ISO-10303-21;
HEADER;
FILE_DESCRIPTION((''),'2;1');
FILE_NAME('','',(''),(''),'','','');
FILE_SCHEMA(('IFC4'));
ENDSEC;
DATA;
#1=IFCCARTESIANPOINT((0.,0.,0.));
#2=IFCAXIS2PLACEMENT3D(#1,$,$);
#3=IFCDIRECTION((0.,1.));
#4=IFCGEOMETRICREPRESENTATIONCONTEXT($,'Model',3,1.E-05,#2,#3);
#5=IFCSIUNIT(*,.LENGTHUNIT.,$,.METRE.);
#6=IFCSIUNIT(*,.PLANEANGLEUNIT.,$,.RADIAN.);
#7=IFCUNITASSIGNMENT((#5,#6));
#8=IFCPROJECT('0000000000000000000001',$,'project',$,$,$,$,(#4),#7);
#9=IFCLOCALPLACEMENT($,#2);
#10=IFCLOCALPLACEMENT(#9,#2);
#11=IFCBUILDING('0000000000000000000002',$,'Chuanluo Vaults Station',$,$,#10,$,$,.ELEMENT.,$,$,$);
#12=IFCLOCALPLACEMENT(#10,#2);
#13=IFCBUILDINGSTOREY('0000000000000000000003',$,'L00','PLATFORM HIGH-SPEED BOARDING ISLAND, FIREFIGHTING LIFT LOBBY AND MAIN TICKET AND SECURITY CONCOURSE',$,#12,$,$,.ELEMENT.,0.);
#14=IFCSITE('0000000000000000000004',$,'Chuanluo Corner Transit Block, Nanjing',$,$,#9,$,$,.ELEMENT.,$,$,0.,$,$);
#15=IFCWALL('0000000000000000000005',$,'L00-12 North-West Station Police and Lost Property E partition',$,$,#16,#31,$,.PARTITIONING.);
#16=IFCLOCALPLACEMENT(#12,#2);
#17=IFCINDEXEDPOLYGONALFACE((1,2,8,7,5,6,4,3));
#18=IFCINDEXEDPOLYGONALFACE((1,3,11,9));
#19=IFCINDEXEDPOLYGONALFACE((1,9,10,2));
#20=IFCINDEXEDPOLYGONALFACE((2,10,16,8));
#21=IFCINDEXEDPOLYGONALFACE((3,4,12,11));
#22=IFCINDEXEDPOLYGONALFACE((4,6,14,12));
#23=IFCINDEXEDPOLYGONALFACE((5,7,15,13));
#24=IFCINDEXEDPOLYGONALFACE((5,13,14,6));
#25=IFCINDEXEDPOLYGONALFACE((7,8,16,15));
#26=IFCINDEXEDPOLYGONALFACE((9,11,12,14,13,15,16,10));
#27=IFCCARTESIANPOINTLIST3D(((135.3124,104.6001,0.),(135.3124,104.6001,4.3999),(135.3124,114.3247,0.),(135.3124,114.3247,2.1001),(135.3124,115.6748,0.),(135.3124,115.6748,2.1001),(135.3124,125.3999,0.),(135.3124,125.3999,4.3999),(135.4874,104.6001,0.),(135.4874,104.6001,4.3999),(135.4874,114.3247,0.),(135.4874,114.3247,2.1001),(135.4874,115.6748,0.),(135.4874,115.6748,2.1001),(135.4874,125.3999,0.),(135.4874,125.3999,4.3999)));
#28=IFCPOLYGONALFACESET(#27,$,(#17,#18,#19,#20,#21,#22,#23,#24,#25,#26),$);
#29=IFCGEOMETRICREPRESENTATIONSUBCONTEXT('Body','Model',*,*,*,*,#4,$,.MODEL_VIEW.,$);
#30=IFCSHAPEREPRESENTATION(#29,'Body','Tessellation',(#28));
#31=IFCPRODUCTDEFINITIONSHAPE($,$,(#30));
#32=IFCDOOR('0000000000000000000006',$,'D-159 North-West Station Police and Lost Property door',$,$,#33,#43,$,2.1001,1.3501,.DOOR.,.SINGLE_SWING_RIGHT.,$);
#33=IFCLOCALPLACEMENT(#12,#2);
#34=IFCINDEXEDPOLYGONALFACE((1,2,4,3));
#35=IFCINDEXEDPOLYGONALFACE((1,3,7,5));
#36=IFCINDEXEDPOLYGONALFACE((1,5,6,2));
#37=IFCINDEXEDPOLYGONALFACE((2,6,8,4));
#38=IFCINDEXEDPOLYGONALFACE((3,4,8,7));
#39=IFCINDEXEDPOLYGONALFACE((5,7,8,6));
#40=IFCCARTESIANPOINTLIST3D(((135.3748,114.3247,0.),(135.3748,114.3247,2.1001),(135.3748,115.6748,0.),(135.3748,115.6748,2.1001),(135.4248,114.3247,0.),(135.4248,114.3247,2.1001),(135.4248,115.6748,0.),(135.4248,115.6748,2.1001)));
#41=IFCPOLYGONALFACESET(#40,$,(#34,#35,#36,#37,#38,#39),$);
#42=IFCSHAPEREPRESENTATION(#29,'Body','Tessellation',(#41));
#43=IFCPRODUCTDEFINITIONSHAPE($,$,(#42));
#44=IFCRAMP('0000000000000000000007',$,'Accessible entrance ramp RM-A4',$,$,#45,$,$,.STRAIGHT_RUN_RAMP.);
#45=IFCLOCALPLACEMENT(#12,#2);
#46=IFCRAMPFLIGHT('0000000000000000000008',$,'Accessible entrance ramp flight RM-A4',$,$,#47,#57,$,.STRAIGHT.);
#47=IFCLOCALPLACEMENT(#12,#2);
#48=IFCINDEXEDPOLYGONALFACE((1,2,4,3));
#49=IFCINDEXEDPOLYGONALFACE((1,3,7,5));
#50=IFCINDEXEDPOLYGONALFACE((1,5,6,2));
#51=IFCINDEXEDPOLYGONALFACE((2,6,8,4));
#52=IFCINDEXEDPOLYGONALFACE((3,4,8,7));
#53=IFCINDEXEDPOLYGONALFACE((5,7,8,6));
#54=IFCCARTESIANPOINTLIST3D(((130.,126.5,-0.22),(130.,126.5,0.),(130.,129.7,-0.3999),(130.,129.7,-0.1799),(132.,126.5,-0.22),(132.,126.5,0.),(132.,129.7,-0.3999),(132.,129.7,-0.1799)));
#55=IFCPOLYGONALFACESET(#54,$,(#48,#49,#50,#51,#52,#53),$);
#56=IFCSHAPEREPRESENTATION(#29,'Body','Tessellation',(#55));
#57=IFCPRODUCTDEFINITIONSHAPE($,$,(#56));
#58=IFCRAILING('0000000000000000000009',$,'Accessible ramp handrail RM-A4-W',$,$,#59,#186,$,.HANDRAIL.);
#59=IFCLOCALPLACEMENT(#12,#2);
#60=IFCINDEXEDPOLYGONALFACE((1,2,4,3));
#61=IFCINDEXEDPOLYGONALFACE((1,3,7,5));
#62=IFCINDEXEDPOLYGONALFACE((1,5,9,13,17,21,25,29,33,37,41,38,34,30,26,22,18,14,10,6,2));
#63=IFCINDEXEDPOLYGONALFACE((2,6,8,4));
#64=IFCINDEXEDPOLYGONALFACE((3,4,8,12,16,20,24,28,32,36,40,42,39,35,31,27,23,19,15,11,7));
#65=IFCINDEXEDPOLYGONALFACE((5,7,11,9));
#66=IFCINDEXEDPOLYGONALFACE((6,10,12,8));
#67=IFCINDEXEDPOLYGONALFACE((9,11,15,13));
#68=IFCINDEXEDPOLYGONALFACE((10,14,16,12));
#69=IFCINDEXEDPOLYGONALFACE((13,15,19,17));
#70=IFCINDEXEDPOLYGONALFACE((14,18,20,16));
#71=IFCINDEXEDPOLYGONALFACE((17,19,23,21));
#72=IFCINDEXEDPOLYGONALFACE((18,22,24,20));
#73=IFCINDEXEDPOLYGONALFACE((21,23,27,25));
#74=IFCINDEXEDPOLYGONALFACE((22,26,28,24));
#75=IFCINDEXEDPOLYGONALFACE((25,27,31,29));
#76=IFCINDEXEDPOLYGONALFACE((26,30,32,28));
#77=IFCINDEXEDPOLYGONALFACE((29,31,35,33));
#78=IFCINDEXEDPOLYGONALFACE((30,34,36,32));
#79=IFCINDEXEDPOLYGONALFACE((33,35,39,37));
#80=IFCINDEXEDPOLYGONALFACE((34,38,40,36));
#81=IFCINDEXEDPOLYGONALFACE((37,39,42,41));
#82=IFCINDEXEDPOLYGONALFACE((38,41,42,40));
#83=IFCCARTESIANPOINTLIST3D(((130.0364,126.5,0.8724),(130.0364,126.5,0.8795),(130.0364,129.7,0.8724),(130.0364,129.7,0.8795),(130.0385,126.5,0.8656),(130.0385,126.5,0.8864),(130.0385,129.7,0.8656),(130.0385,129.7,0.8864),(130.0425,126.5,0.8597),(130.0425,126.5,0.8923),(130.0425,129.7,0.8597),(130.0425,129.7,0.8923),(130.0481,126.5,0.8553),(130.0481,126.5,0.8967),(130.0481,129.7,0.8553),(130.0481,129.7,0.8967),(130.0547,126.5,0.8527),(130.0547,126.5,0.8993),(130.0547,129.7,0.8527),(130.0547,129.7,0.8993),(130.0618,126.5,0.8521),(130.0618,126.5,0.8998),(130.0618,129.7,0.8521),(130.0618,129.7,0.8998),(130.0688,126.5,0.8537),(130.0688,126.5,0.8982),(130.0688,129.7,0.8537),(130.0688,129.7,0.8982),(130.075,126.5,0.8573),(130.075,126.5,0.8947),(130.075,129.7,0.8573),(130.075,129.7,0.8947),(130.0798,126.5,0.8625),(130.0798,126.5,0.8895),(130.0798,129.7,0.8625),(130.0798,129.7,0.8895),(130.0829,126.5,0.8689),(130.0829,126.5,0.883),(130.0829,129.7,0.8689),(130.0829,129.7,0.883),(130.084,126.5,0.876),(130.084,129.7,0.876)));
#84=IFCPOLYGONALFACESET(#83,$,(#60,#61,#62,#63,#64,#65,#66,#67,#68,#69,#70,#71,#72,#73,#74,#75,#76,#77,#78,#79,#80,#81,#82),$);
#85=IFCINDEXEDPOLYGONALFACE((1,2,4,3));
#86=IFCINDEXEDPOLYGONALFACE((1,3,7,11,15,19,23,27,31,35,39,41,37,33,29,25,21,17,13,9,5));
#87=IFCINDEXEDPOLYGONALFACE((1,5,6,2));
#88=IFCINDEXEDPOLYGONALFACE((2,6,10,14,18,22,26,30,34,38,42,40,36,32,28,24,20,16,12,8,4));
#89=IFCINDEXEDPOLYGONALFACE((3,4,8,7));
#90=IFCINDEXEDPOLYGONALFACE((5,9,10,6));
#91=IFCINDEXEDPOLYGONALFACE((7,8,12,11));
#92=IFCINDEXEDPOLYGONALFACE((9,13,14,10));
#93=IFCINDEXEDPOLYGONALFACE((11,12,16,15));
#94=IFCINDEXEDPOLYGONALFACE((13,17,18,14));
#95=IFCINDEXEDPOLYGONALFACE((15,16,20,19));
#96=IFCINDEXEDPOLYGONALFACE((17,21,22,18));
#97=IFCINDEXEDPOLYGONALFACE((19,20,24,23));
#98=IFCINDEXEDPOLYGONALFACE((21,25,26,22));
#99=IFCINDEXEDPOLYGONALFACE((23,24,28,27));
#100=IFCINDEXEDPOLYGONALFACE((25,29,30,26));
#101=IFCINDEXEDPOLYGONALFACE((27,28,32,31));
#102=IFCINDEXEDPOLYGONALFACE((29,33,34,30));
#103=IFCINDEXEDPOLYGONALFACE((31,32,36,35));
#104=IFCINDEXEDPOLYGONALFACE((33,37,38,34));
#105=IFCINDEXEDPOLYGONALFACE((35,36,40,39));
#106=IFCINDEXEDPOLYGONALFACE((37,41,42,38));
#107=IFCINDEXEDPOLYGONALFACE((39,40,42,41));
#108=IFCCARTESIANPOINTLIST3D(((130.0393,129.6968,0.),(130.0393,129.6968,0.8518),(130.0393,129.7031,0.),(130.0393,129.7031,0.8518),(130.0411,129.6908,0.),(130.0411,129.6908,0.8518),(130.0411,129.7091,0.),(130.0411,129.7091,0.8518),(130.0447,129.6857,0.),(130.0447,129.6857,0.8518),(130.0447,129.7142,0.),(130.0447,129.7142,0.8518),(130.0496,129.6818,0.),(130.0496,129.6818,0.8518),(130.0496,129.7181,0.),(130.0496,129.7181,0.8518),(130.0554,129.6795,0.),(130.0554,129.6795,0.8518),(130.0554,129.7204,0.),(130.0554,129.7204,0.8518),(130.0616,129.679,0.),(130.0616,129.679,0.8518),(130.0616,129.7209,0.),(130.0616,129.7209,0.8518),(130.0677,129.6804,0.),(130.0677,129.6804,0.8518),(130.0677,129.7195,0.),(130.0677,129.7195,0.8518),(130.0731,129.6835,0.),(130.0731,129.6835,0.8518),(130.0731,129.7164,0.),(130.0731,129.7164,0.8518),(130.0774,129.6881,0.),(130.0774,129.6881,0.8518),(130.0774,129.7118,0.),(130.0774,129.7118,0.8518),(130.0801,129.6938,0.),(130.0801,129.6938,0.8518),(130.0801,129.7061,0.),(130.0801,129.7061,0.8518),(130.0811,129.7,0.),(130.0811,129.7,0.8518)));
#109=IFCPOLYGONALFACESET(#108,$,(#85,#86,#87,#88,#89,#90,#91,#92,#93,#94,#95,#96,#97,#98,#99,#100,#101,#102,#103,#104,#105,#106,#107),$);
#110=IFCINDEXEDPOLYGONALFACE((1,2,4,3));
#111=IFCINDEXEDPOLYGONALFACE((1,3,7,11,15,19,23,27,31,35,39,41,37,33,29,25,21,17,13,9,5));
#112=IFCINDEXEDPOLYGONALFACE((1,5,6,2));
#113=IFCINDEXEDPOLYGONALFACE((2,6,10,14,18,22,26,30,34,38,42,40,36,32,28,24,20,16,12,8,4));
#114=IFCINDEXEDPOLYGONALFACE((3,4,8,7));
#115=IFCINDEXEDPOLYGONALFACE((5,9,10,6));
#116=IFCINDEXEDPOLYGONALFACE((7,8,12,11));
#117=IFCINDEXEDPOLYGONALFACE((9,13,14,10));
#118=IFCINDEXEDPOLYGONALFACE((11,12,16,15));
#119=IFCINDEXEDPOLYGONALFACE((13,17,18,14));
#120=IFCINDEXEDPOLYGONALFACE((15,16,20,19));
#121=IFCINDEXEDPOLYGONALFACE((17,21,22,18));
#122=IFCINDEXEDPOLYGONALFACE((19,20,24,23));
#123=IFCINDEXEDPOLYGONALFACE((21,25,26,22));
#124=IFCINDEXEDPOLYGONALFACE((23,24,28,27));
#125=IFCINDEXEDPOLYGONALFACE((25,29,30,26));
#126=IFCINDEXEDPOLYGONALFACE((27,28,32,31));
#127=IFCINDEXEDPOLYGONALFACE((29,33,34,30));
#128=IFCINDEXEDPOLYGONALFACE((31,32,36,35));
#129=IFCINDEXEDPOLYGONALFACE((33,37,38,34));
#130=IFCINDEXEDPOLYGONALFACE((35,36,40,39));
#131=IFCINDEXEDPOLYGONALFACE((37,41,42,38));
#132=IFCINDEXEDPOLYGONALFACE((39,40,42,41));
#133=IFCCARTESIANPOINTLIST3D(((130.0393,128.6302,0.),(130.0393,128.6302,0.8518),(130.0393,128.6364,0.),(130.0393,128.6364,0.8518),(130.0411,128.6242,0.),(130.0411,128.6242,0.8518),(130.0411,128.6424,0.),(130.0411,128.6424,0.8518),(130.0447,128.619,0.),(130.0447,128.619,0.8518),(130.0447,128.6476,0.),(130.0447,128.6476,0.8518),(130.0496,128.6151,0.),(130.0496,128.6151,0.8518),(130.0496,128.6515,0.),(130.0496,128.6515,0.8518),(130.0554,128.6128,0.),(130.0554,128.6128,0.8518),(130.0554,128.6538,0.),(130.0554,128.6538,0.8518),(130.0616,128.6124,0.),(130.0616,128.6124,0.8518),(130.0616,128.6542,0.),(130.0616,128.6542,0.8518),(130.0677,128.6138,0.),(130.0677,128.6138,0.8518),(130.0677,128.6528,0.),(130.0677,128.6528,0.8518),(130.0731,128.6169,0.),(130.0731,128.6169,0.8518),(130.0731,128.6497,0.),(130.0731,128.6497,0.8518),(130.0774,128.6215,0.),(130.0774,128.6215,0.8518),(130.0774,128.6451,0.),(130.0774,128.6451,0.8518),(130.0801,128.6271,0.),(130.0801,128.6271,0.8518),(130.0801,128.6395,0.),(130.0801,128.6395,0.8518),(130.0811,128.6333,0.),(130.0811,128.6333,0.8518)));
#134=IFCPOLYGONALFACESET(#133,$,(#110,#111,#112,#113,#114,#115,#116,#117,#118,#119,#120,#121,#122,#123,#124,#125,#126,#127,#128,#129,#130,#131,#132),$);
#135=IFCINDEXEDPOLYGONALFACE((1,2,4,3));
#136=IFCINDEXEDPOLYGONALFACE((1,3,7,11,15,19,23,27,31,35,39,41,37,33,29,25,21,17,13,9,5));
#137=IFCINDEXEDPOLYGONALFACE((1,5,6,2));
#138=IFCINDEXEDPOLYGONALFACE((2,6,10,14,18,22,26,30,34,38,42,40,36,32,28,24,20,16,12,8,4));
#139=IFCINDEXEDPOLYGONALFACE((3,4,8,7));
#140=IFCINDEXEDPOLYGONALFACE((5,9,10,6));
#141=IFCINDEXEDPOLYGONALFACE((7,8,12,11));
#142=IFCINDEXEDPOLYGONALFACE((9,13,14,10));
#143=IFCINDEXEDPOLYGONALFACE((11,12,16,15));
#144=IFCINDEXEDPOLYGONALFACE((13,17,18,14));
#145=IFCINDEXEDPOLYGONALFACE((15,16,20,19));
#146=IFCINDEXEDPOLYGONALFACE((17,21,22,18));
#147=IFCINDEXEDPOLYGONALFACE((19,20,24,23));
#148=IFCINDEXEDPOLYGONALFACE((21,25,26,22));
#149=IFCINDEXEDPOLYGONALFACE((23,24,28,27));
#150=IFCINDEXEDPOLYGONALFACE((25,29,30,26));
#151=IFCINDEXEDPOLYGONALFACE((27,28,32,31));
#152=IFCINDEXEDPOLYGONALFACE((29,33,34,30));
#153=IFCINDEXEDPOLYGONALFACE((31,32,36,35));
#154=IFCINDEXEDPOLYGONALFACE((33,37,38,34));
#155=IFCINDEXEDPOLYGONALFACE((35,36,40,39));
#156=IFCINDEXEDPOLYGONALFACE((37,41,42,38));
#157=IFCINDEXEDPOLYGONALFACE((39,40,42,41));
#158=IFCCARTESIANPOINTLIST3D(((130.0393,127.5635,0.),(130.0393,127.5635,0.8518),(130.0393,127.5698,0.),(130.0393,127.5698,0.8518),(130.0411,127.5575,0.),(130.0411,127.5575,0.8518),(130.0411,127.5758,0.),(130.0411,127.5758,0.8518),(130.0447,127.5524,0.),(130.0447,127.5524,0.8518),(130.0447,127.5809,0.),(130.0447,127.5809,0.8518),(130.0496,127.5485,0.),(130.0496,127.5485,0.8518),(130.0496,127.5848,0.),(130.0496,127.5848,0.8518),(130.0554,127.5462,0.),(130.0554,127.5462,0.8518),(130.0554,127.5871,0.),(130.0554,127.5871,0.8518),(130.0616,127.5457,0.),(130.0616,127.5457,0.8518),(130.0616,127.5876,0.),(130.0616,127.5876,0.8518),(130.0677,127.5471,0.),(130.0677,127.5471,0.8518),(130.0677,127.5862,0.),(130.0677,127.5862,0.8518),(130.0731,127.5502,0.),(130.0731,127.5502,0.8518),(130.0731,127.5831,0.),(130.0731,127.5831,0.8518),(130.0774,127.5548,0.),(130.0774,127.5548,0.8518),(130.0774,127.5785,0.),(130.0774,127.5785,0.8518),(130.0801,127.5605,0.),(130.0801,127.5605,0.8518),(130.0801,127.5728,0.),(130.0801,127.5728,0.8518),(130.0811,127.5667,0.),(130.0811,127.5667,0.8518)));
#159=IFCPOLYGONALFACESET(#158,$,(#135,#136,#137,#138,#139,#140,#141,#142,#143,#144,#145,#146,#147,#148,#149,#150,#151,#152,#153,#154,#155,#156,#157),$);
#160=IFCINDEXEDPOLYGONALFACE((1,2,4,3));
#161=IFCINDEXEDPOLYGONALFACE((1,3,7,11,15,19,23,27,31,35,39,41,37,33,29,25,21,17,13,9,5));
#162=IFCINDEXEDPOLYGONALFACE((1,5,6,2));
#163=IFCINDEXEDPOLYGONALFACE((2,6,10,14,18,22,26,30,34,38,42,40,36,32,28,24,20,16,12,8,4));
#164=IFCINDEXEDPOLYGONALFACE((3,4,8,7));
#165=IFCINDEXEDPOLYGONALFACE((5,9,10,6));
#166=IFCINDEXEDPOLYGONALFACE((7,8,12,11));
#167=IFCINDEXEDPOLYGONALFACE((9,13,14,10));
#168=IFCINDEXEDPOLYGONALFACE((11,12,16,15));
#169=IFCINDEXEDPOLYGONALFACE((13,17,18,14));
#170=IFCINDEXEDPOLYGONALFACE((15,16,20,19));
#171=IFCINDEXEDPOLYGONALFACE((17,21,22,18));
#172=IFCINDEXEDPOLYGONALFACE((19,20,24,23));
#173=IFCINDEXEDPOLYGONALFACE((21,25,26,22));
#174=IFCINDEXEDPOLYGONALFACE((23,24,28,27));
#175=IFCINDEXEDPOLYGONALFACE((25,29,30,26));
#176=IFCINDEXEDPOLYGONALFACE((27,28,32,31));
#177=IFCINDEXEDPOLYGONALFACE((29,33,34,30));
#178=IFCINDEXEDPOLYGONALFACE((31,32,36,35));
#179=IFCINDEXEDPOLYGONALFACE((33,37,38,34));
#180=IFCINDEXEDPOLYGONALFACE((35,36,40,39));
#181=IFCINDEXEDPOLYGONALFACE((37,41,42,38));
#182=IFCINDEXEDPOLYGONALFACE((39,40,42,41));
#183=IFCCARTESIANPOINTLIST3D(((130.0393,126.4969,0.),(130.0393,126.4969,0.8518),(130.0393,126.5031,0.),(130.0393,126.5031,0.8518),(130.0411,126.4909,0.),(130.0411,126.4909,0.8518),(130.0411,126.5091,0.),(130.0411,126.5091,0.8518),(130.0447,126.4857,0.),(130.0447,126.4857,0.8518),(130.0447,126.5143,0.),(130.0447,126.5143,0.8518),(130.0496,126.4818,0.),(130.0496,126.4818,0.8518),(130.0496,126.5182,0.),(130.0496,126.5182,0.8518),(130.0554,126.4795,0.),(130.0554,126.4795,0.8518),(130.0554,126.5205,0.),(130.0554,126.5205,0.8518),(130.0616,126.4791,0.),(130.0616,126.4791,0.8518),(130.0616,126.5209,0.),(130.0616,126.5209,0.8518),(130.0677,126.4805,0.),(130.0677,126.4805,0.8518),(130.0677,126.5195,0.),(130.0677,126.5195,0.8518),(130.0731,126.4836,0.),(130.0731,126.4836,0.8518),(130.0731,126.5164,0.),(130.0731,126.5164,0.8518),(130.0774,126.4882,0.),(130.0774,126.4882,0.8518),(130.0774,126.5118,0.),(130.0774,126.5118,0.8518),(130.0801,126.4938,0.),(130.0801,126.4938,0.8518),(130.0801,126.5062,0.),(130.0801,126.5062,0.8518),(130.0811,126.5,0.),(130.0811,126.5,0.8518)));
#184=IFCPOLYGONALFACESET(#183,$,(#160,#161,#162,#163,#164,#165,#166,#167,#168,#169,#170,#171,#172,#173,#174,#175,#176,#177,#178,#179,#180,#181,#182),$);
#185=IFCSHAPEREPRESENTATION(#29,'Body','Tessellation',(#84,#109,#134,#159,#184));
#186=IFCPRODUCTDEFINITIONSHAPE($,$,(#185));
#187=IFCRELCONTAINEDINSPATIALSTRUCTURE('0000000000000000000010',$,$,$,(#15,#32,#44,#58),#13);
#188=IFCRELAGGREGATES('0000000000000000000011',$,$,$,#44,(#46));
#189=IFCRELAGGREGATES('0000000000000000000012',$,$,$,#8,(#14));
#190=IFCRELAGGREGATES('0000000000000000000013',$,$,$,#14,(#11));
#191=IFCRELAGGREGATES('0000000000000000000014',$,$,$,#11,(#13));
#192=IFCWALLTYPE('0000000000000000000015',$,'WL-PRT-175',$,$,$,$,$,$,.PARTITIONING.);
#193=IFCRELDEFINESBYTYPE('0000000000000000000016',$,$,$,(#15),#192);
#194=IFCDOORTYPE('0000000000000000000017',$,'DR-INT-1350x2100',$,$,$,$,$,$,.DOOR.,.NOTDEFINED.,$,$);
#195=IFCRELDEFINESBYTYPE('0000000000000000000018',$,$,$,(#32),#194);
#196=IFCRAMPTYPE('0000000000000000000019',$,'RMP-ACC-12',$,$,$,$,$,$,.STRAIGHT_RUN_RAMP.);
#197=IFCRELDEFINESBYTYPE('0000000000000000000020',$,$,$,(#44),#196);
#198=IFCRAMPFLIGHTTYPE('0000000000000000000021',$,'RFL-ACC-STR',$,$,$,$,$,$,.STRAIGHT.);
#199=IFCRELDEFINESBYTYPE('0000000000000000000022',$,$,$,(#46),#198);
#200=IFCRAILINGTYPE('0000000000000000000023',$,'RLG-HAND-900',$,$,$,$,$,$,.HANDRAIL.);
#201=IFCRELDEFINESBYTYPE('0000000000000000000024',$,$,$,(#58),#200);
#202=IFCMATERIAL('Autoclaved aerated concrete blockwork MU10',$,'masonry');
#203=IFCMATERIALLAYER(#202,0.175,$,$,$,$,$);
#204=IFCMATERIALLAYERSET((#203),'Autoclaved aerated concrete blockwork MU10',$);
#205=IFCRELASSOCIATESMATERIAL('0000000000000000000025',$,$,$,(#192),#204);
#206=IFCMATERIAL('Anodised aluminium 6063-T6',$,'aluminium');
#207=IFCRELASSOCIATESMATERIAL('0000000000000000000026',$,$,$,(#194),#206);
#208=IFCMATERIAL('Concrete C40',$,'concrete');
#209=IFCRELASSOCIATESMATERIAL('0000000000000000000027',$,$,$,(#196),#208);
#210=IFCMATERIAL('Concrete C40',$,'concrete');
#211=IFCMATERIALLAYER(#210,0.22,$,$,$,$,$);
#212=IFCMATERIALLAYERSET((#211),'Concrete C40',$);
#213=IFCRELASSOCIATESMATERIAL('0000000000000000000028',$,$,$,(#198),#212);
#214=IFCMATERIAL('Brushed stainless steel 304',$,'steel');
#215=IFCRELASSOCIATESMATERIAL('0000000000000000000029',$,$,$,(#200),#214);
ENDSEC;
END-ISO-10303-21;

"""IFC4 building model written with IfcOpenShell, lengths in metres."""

from ifc_helpers import new_model, si_unit, direction, frame, frame_2d, origin, origin_2d, place, context, subcontext, project, spatial, polyline, rectangle, circle, outline, extrude, material, layer, layer_set, type_object, element, fill, aggregate, save


model = new_model("IFC4")

# Units and contexts
model_context = context("Model", 3, precision=1e-05, world=origin(), true_north=direction((0.0, 1.0)))
body_context = subcontext(model_context, "Body", "Model", "MODEL_VIEW")
ifc_project = project(units=[si_unit("LENGTHUNIT", "METRE"), si_unit("PLANEANGLEUNIT", "RADIAN")], contexts=[model_context])

# Site, building, storey
site_placement = place(None, origin())
site = spatial("IfcSite", under=ifc_project, at=site_placement, Name="Chuanluo Corner Transit Block, Nanjing", CompositionType="ELEMENT", RefElevation=0.0)
building_placement = place(site_placement, origin())
building = spatial("IfcBuilding", under=site, at=building_placement, Name="Chuanluo Vaults Station", CompositionType="ELEMENT")
storey_placement = place(building_placement, origin())
storey = spatial("IfcBuildingStorey", under=building, at=storey_placement, Name="L00", Description="PLATFORM HIGH-SPEED BOARDING ISLAND, FIREFIGHTING LIFT LOBBY AND MAIN TICKET AND SECURITY CONCOURSE", CompositionType="ELEMENT", Elevation=0.0)

# Wall, opening, door
ifc_material_1 = material(Name="Autoclaved aerated concrete blockwork MU10", Category="masonry")
ifc_layer_1 = layer(ifc_material_1, 0.175)
ifc_layer_set_1 = layer_set([ifc_layer_1], Name="Autoclaved aerated concrete blockwork MU10")
wall_type_1 = type_object("IfcWallType", Name="WL-PRT-175", PredefinedType="PARTITIONING", material=ifc_layer_set_1)
wall_1_placement = place(storey_placement, frame((135.3999, 125.3999, 0.0), z_axis=(0.0, 0.0, 1.0), x_axis=(0.0, -1.0, 0.0)))
wall_1 = element("IfcWall", 1, at=wall_1_placement, inside=storey, type_object=wall_type_1, Name="L00-12 North-West Station Police and Lost Property E partition", PredefinedType="PARTITIONING", context=body_context, shape_type="SweptSolid", body=[
    extrude(rectangle(XDim=20.7998, YDim=0.175, at=frame_2d((10.3999, 0.0))), origin(), (0.0, 0.0, 1.0), 4.3999),
])
opening_1_placement = place(wall_1_placement, frame((9.7251, 0.0, 0.0)))
opening_1 = element("IfcOpeningElement", 2, at=opening_1_placement, cuts=wall_1, PredefinedType="OPENING", context=body_context, shape_type="SweptSolid", body=[
    extrude(rectangle(XDim=1.3501, YDim=2.1001, at=frame_2d((0.675, 1.05))), frame((0.0, 0.0974, 0.0), z_axis=(0.0, -1.0, 0.0), x_axis=(1.0, 0.0, 0.0)), (0.0, 0.0, 1.0), 0.1951),
])
ifc_material_2 = material(Name="Anodised aluminium 6063-T6", Category="aluminium")
door_type = type_object("IfcDoorType", Name="DR-INT-1350x2100", OperationType="NOTDEFINED", PredefinedType="DOOR", material=ifc_material_2)
door_placement = place(opening_1_placement, origin())
door = element("IfcDoor", 3, at=door_placement, inside=storey, type_object=door_type, Name="D-159 North-West Station Police and Lost Property door", OperationType="SINGLE_SWING_RIGHT", OverallHeight=2.1001, OverallWidth=1.3501, PredefinedType="DOOR", context=body_context, shape_type="SweptSolid", body=[
    extrude(rectangle(XDim=1.3501, YDim=2.1001, at=frame_2d((0.675, 1.05))), frame((0.0, 0.0249, 0.0), z_axis=(0.0, -1.0, 0.0), x_axis=(1.0, 0.0, 0.0)), (0.0, 0.0, 1.0), 0.05),
])
fill(opening_1, door)

# Ramp, ramp flight
ifc_material_3 = material(Name="Concrete C40", Category="concrete")
ramp_type = type_object("IfcRampType", Name="RMP-ACC-12", PredefinedType="STRAIGHT_RUN_RAMP", material=ifc_material_3)
ramp_placement = place(storey_placement, origin())
ramp = element("IfcRamp", 4, at=ramp_placement, inside=storey, type_object=ramp_type, Name="Accessible entrance ramp RM-A4", PredefinedType="STRAIGHT_RUN_RAMP")
ifc_material_4 = material(Name="Concrete C40", Category="concrete")
ifc_layer_2 = layer(ifc_material_4, 0.22)
ifc_layer_set_2 = layer_set([ifc_layer_2], Name="Concrete C40")
ramp_flight_type = type_object("IfcRampFlightType", Name="RFL-ACC-STR", PredefinedType="STRAIGHT", material=ifc_layer_set_2)
ramp_flight_placement = place(storey_placement, frame((131.0, 129.7, -0.1799), z_axis=(0.0, 0.0, 1.0), x_axis=(0.0, -1.0, 0.0)))
ramp_flight = element("IfcRampFlight", 5, at=ramp_flight_placement, type_object=ramp_flight_type, Name="Accessible entrance ramp flight RM-A4", PredefinedType="STRAIGHT", context=body_context, shape_type="SweptSolid", body=[
    extrude(outline(polyline([(0.0, 0.0), (3.2, 0.1799), (3.2, -0.04), (0.0, -0.22), (0.0, 0.0)])), frame((0.0, 1.0, 0.0), z_axis=(0.0, -1.0, 0.0), x_axis=(1.0, 0.0, 0.0)), (0.0, 0.0, 1.0), 2.0),
])
aggregate(ramp, [ramp_flight])

# Railing
ifc_material_5 = material(Name="Brushed stainless steel 304", Category="steel")
railing_type = type_object("IfcRailingType", Name="RLG-HAND-900", PredefinedType="HANDRAIL", material=ifc_material_5)
for number, where, name in (
    (6, (130.0601, 129.7, 0.0), "Accessible ramp handrail RM-A4-W"),
):
    element("IfcRailing", number, at=place(storey_placement, frame(where)), inside=storey, type_object=railing_type, Name=name, PredefinedType="HANDRAIL", context=body_context, shape_type="SweptSolid", body=[
        extrude(circle(Radius=0.0239, at=origin_2d()), frame((0.0, 0.0, 0.876), z_axis=(0.0, -1.0, 0.0), x_axis=(1.0, 0.0, 0.0)), (0.0, 0.0, 1.0), 3.2),
        extrude(circle(Radius=0.021, at=origin_2d()), origin(), (0.0, 0.0, 1.0), 0.8518),
        extrude(circle(Radius=0.021, at=origin_2d()), frame((0.0, -1.0667, 0.0)), (0.0, 0.0, 1.0), 0.8518),
        extrude(circle(Radius=0.021, at=origin_2d()), frame((0.0, -2.1333, 0.0)), (0.0, 0.0, 1.0), 0.8518),
        extrude(circle(Radius=0.021, at=origin_2d()), frame((0.0, -3.2, 0.0)), (0.0, 0.0, 1.0), 0.8518),
    ])

save(model, "model.ifc")
